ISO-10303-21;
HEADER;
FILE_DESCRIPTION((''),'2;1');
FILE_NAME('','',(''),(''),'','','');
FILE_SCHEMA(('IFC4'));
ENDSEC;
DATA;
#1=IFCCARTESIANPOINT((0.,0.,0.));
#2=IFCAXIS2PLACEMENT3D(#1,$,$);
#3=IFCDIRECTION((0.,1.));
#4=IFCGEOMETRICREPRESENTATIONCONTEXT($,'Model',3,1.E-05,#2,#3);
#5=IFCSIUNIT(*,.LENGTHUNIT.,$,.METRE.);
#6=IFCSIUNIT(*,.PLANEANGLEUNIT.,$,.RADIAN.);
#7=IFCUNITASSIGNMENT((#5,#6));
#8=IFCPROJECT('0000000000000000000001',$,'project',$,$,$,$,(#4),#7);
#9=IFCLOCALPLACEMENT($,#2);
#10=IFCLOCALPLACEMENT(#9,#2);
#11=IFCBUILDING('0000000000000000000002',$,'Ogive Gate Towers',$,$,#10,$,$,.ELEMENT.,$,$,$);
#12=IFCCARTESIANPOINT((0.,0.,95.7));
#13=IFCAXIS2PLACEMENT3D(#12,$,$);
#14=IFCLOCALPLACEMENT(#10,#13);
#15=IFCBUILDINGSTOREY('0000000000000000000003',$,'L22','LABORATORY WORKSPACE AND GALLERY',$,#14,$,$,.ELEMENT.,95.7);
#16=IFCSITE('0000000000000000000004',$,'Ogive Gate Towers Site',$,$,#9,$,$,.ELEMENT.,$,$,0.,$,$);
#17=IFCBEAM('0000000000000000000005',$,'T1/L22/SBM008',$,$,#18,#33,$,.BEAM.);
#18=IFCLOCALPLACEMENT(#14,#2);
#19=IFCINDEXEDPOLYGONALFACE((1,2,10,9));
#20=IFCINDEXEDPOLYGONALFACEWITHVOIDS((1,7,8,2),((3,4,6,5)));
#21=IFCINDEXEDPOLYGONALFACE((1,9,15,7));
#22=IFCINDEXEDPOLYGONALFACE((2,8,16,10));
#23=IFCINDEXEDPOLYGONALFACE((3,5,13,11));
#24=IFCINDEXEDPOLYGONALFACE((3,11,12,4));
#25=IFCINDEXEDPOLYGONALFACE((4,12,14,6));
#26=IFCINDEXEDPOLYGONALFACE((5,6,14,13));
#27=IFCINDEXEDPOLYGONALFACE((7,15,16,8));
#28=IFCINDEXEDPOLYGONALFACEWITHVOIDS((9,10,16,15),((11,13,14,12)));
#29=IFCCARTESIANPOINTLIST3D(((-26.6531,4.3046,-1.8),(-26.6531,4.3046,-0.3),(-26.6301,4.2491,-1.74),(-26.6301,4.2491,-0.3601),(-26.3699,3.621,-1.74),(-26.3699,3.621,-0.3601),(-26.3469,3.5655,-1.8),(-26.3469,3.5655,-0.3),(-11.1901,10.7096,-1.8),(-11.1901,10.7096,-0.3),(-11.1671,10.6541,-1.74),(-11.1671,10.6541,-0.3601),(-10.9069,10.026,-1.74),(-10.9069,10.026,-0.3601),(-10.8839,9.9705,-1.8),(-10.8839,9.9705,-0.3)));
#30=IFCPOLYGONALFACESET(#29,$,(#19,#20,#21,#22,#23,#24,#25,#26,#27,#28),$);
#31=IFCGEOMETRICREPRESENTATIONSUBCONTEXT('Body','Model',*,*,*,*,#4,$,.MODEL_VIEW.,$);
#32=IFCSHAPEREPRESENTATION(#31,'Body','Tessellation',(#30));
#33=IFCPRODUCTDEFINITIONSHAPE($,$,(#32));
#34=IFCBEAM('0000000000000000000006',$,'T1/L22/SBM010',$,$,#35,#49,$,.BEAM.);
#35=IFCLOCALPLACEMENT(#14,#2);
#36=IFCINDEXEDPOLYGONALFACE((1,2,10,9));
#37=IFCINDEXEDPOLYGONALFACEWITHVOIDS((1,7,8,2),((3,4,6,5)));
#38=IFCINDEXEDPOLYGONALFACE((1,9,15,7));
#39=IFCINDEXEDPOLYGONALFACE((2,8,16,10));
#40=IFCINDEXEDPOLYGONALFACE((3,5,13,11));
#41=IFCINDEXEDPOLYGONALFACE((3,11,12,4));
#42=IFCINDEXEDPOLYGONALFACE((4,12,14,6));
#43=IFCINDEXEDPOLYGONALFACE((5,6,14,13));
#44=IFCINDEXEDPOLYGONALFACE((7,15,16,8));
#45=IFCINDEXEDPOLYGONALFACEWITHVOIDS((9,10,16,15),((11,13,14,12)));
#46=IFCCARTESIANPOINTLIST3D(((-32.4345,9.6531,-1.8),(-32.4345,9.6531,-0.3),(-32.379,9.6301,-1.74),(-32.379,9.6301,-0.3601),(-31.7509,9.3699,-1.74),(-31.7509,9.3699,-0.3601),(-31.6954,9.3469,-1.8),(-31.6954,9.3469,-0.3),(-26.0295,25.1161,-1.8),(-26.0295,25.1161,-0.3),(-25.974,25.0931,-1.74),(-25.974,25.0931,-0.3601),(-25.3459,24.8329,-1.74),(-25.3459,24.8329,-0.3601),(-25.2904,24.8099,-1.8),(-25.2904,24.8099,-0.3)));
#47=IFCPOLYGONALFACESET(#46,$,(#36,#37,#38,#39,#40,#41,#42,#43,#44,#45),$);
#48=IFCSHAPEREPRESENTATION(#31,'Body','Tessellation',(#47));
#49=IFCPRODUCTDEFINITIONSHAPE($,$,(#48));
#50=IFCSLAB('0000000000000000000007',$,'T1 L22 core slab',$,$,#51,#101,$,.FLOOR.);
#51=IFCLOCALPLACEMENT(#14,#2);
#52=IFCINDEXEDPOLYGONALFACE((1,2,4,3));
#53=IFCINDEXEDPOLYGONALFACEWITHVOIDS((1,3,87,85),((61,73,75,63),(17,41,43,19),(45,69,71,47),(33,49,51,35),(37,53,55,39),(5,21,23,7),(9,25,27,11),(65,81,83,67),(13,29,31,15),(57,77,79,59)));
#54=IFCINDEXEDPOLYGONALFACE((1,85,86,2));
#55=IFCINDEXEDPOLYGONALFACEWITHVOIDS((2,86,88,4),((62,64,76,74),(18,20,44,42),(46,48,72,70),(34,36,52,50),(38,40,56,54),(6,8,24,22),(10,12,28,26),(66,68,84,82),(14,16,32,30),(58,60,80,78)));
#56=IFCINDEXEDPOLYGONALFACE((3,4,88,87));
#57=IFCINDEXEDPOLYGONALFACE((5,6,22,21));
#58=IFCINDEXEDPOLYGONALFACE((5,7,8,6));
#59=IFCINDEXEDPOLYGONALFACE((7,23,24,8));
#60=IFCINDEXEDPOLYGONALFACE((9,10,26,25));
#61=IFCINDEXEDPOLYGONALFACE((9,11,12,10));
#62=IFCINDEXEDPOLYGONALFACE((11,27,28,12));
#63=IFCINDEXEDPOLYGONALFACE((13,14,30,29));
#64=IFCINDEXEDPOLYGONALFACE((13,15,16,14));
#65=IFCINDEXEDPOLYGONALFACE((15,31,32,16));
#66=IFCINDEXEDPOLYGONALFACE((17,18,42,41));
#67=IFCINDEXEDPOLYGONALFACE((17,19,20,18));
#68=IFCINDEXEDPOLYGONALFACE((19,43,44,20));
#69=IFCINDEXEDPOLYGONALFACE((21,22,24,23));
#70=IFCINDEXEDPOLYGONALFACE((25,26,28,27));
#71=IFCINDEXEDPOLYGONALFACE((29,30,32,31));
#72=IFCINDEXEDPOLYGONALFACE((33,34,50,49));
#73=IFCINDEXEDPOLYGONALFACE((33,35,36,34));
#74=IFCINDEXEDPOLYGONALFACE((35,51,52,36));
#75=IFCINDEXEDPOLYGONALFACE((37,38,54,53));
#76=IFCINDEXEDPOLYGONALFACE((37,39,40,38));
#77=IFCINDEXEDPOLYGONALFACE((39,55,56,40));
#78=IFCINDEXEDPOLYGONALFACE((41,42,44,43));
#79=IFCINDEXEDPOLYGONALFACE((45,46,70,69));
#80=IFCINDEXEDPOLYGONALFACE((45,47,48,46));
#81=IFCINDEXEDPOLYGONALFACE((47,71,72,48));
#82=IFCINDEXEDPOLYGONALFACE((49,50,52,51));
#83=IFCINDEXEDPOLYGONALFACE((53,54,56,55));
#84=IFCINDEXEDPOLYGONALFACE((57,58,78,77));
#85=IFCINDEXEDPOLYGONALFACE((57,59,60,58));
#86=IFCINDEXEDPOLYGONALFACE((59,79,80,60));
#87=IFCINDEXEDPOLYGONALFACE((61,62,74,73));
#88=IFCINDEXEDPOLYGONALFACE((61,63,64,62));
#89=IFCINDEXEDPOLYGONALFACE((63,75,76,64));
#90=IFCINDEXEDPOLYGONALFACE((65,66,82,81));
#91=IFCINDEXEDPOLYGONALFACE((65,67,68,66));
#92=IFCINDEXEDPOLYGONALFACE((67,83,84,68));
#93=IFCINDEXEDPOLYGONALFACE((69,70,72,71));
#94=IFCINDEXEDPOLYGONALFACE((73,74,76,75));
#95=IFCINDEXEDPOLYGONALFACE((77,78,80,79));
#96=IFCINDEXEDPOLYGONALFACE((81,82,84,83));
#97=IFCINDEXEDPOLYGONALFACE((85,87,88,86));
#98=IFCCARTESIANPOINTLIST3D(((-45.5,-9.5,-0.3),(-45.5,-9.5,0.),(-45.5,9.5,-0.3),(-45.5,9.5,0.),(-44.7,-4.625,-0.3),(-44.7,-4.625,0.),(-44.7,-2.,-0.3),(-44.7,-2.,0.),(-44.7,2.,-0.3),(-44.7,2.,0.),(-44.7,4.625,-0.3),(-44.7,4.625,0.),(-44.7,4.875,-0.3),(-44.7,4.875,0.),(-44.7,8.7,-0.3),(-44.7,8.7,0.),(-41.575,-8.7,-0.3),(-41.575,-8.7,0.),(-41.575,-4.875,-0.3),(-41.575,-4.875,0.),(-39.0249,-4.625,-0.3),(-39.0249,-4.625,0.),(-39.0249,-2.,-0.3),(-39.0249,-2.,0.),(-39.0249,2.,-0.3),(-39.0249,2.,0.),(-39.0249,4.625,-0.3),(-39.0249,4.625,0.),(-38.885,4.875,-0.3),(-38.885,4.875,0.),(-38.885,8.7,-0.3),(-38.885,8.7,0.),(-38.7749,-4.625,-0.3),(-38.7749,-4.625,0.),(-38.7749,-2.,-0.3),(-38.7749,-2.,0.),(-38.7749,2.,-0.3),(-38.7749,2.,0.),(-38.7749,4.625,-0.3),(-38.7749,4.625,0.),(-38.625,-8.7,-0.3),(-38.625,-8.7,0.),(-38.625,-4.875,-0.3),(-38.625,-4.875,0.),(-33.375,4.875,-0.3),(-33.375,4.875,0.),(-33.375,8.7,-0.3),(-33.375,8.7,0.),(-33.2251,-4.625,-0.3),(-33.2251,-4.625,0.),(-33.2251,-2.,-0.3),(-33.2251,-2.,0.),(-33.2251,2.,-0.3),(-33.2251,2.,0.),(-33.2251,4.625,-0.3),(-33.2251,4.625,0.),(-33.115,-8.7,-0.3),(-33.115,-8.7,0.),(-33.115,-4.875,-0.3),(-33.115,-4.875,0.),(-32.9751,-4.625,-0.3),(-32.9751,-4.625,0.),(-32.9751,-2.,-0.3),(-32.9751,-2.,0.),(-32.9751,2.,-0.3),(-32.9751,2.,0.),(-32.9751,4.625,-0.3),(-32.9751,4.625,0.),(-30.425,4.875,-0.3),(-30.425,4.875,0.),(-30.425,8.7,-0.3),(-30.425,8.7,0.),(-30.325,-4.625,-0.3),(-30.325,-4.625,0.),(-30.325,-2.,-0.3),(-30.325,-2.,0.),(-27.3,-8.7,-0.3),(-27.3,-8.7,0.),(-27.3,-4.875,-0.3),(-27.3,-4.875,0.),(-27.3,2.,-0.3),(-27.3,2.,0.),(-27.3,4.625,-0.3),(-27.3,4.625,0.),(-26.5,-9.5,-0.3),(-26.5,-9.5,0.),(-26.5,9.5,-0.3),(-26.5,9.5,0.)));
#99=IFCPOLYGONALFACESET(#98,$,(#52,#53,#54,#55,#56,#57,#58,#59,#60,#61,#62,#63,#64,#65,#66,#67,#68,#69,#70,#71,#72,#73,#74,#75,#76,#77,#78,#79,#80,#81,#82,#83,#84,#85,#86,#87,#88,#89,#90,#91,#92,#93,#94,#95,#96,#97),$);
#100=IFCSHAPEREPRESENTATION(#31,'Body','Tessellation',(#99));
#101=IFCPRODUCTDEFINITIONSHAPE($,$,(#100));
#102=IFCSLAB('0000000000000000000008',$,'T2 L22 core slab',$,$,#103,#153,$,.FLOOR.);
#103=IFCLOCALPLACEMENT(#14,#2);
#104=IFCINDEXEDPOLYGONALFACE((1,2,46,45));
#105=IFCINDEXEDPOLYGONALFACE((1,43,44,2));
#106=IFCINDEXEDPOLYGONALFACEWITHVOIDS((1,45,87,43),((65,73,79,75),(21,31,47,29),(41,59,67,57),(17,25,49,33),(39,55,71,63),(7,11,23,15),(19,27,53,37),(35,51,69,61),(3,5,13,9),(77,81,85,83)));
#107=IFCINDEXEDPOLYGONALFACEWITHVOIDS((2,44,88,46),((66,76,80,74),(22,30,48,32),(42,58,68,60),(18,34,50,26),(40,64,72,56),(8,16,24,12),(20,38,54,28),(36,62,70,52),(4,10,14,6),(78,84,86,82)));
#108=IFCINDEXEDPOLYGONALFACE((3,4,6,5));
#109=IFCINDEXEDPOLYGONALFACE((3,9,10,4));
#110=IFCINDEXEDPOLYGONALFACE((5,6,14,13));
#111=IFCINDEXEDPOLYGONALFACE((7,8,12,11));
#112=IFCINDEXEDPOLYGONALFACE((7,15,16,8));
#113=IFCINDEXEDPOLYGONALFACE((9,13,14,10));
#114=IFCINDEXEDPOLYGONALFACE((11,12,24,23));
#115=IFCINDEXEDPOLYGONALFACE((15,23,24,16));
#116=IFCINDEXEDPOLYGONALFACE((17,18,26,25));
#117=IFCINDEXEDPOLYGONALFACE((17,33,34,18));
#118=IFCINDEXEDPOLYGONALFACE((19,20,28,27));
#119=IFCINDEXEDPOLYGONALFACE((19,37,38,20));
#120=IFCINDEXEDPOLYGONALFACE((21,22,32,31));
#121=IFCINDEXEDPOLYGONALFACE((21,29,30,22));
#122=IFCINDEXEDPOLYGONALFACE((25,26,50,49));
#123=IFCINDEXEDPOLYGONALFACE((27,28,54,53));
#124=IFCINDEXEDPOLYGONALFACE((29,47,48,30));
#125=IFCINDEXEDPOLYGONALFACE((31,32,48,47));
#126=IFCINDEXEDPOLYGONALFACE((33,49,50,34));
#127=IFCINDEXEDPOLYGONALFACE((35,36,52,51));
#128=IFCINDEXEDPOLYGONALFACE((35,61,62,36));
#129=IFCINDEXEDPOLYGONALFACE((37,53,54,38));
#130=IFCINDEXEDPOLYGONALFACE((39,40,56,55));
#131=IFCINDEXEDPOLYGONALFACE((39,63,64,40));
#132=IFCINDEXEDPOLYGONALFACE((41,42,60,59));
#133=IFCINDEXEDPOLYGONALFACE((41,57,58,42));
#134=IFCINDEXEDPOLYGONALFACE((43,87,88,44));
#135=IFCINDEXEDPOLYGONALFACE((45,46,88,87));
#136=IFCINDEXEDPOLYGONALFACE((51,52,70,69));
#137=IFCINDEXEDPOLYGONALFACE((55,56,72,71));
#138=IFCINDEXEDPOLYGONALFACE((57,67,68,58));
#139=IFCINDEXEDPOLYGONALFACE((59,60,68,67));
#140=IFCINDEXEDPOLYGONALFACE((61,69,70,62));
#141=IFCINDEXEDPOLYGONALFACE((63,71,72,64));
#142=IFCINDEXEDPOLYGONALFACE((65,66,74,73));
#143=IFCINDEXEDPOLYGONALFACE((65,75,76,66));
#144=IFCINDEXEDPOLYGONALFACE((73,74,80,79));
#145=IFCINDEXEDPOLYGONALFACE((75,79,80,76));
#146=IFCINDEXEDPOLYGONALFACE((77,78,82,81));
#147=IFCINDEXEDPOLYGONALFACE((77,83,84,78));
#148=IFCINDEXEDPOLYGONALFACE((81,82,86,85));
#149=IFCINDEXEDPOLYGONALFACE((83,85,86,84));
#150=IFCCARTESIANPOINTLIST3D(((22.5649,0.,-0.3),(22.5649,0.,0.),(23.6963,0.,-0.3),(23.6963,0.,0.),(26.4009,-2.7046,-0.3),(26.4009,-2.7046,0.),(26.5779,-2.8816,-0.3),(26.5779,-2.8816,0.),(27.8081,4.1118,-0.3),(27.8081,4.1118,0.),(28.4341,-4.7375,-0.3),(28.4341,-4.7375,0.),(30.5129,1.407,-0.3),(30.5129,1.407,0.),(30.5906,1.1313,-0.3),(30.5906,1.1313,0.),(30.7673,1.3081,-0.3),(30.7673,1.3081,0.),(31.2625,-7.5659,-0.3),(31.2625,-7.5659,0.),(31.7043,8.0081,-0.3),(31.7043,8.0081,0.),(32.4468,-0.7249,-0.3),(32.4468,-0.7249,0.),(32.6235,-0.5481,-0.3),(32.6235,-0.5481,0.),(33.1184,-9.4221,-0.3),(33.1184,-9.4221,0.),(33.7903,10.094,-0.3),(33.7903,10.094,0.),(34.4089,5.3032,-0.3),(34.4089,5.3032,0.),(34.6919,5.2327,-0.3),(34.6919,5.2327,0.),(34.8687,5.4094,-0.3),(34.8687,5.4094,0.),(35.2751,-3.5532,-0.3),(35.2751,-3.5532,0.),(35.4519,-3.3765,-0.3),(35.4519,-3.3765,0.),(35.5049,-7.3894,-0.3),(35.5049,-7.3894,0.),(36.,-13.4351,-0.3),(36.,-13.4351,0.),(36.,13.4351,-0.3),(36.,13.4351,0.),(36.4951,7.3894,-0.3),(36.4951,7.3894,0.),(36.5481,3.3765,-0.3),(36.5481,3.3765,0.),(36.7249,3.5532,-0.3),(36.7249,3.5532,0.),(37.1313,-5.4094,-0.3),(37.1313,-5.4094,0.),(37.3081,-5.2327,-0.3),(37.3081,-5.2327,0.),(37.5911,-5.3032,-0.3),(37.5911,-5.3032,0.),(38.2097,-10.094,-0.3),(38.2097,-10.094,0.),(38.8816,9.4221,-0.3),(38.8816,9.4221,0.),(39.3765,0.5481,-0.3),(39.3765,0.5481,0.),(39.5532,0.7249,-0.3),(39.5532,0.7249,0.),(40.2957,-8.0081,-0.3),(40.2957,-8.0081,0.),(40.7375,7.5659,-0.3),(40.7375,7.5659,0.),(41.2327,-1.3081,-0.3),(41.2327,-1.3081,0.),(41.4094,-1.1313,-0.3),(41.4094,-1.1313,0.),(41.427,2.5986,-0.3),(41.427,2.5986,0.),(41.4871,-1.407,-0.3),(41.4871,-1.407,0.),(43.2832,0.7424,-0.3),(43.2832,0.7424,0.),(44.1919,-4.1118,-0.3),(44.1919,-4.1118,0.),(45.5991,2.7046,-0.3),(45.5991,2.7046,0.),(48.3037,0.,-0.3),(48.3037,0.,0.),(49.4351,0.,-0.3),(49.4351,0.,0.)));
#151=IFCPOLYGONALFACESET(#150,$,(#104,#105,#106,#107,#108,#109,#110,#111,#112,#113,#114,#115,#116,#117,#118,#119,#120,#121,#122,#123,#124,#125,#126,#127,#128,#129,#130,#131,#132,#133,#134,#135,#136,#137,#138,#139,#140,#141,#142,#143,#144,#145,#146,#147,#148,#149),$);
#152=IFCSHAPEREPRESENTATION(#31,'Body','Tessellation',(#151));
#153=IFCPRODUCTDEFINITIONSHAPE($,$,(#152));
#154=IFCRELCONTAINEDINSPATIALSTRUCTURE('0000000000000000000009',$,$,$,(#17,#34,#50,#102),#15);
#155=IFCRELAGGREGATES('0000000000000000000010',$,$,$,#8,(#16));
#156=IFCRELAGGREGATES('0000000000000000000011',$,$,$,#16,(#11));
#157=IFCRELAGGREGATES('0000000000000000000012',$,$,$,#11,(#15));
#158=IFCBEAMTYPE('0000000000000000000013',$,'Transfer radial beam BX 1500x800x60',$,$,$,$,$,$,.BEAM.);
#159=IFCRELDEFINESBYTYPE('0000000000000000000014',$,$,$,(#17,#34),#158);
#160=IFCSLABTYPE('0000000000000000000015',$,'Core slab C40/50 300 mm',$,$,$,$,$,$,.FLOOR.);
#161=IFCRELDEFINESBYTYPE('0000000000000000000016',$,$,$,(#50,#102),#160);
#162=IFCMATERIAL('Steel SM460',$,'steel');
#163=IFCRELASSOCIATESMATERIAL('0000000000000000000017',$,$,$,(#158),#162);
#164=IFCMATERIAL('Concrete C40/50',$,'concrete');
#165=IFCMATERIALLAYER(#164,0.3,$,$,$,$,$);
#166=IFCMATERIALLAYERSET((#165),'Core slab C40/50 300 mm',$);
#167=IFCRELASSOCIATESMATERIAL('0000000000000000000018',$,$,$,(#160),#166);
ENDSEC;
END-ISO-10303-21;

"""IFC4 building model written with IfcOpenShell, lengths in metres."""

from ifc_helpers import new_model, si_unit, direction, frame, origin, origin_2d, place, context, subcontext, project, spatial, polyline, hollow_rectangle, outline, extrude, material, layer, layer_set, material_profile, profile_set, type_object, element, save


model = new_model("IFC4")

# Units and contexts
model_context = context("Model", 3, precision=1e-05, world=origin(), true_north=direction((0.0, 1.0)))
body_context = subcontext(model_context, "Body", "Model", "MODEL_VIEW")
ifc_project = project(units=[si_unit("LENGTHUNIT", "METRE"), si_unit("PLANEANGLEUNIT", "RADIAN")], contexts=[model_context])

# Site, building, storey
site_placement = place(None, origin())
site = spatial("IfcSite", under=ifc_project, at=site_placement, Name="Ogive Gate Towers Site", CompositionType="ELEMENT", RefElevation=0.0)
building_placement = place(site_placement, origin())
building = spatial("IfcBuilding", under=site, at=building_placement, Name="Ogive Gate Towers", CompositionType="ELEMENT")
storey_placement = place(building_placement, frame((0.0, 0.0, 95.7)))
storey = spatial("IfcBuildingStorey", under=building, at=storey_placement, Name="L22", Description="LABORATORY WORKSPACE AND GALLERY", CompositionType="ELEMENT", Elevation=95.7)

# Shared definitions
ifc_material_1 = material(Name="Steel SM460", Category="steel")

# Beams
ifc_material_profile_1 = material_profile(ifc_material_1, hollow_rectangle(XDim=0.8, YDim=1.5, WallThickness=0.0601, at=origin_2d()), Name="BX 1500x800x60")
ifc_profile_set_1 = profile_set([ifc_material_profile_1], Name="Steel SM460")
beam_type_1 = type_object("IfcBeamType", Name="Transfer radial beam BX 1500x800x60", PredefinedType="BEAM", material=ifc_profile_set_1)
for number, where, z_axis, x_axis, name in (
    (1, (-26.5, 3.9351, -1.05), (0.92388, 0.382683, 0.0), (-0.382683, 0.92388, 0.0), "T1/L22/SBM008"),
    (2, (-32.0649, 9.5, -1.05), (0.382683, 0.92388, 0.0), (-0.92388, 0.382683, 0.0), "T1/L22/SBM010"),
):
    element("IfcBeam", number, at=place(storey_placement, frame(where, z_axis=z_axis, x_axis=x_axis)), inside=storey, type_object=beam_type_1, Name=name, PredefinedType="BEAM", context=body_context, shape_type="SweptSolid", body=[
        extrude(hollow_rectangle(XDim=0.8, YDim=1.5, WallThickness=0.0601, at=origin_2d()), origin(), (0.0, 0.0, 1.0), 16.7371),
    ])

# Slabs
ifc_material_2 = material(Name="Concrete C40/50", Category="concrete")
ifc_layer_1 = layer(ifc_material_2, 0.3)
ifc_layer_set_1 = layer_set([ifc_layer_1], Name="Core slab C40/50 300 mm")
slab_type_1 = type_object("IfcSlabType", Name="Core slab C40/50 300 mm", PredefinedType="FLOOR", material=ifc_layer_set_1)
slab_1_placement = place(storey_placement, frame((0.0, 0.0, -0.3)))
element("IfcSlab", 3, at=slab_1_placement, inside=storey, type_object=slab_type_1, Name="T1 L22 core slab", PredefinedType="FLOOR", context=body_context, shape_type="SweptSolid", body=[
    extrude(outline(polyline([(-26.5, 9.5), (-26.5, -9.5), (-45.5, -9.5), (-45.5, 9.5), (-26.5, 9.5)]), holes=[polyline([(-39.0249, 4.625), (-44.7, 4.625), (-44.7, 2.0), (-39.0249, 2.0), (-39.0249, 4.625)]), polyline([(-33.2251, 2.0), (-33.2251, 4.625), (-38.7749, 4.625), (-38.7749, 2.0), (-33.2251, 2.0)]), polyline([(-32.9751, 2.0), (-27.3, 2.0), (-27.3, 4.625), (-32.9751, 4.625), (-32.9751, 2.0)]), polyline([(-44.7, -2.0), (-44.7, -4.625), (-39.0249, -4.625), (-39.0249, -2.0), (-44.7, -2.0)]), polyline([(-33.2251, -2.0), (-38.7749, -2.0), (-38.7749, -4.625), (-33.2251, -4.625), (-33.2251, -2.0)]), polyline([(-30.325, -4.625), (-30.325, -2.0), (-32.9751, -2.0), (-32.9751, -4.625), (-30.325, -4.625)]), polyline([(-33.375, 4.875), (-30.425, 4.875), (-30.425, 8.7), (-33.375, 8.7), (-33.375, 4.875)]), polyline([(-41.575, -4.875), (-41.575, -8.7), (-38.625, -8.7), (-38.625, -4.875), (-41.575, -4.875)]), polyline([(-44.7, 4.875), (-38.885, 4.875), (-38.885, 8.7), (-44.7, 8.7), (-44.7, 4.875)]), polyline([(-27.3, -8.7), (-27.3, -4.875), (-33.115, -4.875), (-33.115, -8.7), (-27.3, -8.7)])]), origin(), (0.0, 0.0, 1.0), 0.3),
])
slab_2_placement = place(storey_placement, frame((0.0, 0.0, -0.3)))
element("IfcSlab", 4, at=slab_2_placement, inside=storey, type_object=slab_type_1, Name="T2 L22 core slab", PredefinedType="FLOOR", context=body_context, shape_type="SweptSolid", body=[
    extrude(outline(polyline([(36.0, 13.4351), (49.4351, 0.0), (36.0, -13.4351), (22.5649, 0.0), (36.0, 13.4351)]), holes=[polyline([(30.5906, 1.1313), (26.5779, -2.8816), (28.4341, -4.7375), (32.4468, -0.7249), (30.5906, 1.1313)]), polyline([(36.5481, 3.3765), (34.6919, 5.2327), (30.7673, 1.3081), (32.6235, -0.5481), (36.5481, 3.3765)]), polyline([(36.7249, 3.5532), (40.7375, 7.5659), (38.8816, 9.4221), (34.8687, 5.4094), (36.7249, 3.5532)]), polyline([(31.2625, -7.5659), (33.1184, -9.4221), (37.1313, -5.4094), (35.2751, -3.5532), (31.2625, -7.5659)]), polyline([(39.3765, 0.5481), (35.4519, -3.3765), (37.3081, -5.2327), (41.2327, -1.3081), (39.3765, 0.5481)]), polyline([(43.2832, 0.7424), (41.427, 2.5986), (39.5532, 0.7249), (41.4094, -1.1313), (43.2832, 0.7424)]), polyline([(34.4089, 5.3032), (36.4951, 7.3894), (33.7903, 10.094), (31.7043, 8.0081), (34.4089, 5.3032)]), polyline([(35.5049, -7.3894), (38.2097, -10.094), (40.2957, -8.0081), (37.5911, -5.3032), (35.5049, -7.3894)]), polyline([(26.4009, -2.7046), (30.5129, 1.407), (27.8081, 4.1118), (23.6963, 0.0), (26.4009, -2.7046)]), polyline([(48.3037, 0.0), (45.5991, 2.7046), (41.4871, -1.407), (44.1919, -4.1118), (48.3037, 0.0)])]), origin(), (0.0, 0.0, 1.0), 0.3),
])

save(model, "model.ifc")
